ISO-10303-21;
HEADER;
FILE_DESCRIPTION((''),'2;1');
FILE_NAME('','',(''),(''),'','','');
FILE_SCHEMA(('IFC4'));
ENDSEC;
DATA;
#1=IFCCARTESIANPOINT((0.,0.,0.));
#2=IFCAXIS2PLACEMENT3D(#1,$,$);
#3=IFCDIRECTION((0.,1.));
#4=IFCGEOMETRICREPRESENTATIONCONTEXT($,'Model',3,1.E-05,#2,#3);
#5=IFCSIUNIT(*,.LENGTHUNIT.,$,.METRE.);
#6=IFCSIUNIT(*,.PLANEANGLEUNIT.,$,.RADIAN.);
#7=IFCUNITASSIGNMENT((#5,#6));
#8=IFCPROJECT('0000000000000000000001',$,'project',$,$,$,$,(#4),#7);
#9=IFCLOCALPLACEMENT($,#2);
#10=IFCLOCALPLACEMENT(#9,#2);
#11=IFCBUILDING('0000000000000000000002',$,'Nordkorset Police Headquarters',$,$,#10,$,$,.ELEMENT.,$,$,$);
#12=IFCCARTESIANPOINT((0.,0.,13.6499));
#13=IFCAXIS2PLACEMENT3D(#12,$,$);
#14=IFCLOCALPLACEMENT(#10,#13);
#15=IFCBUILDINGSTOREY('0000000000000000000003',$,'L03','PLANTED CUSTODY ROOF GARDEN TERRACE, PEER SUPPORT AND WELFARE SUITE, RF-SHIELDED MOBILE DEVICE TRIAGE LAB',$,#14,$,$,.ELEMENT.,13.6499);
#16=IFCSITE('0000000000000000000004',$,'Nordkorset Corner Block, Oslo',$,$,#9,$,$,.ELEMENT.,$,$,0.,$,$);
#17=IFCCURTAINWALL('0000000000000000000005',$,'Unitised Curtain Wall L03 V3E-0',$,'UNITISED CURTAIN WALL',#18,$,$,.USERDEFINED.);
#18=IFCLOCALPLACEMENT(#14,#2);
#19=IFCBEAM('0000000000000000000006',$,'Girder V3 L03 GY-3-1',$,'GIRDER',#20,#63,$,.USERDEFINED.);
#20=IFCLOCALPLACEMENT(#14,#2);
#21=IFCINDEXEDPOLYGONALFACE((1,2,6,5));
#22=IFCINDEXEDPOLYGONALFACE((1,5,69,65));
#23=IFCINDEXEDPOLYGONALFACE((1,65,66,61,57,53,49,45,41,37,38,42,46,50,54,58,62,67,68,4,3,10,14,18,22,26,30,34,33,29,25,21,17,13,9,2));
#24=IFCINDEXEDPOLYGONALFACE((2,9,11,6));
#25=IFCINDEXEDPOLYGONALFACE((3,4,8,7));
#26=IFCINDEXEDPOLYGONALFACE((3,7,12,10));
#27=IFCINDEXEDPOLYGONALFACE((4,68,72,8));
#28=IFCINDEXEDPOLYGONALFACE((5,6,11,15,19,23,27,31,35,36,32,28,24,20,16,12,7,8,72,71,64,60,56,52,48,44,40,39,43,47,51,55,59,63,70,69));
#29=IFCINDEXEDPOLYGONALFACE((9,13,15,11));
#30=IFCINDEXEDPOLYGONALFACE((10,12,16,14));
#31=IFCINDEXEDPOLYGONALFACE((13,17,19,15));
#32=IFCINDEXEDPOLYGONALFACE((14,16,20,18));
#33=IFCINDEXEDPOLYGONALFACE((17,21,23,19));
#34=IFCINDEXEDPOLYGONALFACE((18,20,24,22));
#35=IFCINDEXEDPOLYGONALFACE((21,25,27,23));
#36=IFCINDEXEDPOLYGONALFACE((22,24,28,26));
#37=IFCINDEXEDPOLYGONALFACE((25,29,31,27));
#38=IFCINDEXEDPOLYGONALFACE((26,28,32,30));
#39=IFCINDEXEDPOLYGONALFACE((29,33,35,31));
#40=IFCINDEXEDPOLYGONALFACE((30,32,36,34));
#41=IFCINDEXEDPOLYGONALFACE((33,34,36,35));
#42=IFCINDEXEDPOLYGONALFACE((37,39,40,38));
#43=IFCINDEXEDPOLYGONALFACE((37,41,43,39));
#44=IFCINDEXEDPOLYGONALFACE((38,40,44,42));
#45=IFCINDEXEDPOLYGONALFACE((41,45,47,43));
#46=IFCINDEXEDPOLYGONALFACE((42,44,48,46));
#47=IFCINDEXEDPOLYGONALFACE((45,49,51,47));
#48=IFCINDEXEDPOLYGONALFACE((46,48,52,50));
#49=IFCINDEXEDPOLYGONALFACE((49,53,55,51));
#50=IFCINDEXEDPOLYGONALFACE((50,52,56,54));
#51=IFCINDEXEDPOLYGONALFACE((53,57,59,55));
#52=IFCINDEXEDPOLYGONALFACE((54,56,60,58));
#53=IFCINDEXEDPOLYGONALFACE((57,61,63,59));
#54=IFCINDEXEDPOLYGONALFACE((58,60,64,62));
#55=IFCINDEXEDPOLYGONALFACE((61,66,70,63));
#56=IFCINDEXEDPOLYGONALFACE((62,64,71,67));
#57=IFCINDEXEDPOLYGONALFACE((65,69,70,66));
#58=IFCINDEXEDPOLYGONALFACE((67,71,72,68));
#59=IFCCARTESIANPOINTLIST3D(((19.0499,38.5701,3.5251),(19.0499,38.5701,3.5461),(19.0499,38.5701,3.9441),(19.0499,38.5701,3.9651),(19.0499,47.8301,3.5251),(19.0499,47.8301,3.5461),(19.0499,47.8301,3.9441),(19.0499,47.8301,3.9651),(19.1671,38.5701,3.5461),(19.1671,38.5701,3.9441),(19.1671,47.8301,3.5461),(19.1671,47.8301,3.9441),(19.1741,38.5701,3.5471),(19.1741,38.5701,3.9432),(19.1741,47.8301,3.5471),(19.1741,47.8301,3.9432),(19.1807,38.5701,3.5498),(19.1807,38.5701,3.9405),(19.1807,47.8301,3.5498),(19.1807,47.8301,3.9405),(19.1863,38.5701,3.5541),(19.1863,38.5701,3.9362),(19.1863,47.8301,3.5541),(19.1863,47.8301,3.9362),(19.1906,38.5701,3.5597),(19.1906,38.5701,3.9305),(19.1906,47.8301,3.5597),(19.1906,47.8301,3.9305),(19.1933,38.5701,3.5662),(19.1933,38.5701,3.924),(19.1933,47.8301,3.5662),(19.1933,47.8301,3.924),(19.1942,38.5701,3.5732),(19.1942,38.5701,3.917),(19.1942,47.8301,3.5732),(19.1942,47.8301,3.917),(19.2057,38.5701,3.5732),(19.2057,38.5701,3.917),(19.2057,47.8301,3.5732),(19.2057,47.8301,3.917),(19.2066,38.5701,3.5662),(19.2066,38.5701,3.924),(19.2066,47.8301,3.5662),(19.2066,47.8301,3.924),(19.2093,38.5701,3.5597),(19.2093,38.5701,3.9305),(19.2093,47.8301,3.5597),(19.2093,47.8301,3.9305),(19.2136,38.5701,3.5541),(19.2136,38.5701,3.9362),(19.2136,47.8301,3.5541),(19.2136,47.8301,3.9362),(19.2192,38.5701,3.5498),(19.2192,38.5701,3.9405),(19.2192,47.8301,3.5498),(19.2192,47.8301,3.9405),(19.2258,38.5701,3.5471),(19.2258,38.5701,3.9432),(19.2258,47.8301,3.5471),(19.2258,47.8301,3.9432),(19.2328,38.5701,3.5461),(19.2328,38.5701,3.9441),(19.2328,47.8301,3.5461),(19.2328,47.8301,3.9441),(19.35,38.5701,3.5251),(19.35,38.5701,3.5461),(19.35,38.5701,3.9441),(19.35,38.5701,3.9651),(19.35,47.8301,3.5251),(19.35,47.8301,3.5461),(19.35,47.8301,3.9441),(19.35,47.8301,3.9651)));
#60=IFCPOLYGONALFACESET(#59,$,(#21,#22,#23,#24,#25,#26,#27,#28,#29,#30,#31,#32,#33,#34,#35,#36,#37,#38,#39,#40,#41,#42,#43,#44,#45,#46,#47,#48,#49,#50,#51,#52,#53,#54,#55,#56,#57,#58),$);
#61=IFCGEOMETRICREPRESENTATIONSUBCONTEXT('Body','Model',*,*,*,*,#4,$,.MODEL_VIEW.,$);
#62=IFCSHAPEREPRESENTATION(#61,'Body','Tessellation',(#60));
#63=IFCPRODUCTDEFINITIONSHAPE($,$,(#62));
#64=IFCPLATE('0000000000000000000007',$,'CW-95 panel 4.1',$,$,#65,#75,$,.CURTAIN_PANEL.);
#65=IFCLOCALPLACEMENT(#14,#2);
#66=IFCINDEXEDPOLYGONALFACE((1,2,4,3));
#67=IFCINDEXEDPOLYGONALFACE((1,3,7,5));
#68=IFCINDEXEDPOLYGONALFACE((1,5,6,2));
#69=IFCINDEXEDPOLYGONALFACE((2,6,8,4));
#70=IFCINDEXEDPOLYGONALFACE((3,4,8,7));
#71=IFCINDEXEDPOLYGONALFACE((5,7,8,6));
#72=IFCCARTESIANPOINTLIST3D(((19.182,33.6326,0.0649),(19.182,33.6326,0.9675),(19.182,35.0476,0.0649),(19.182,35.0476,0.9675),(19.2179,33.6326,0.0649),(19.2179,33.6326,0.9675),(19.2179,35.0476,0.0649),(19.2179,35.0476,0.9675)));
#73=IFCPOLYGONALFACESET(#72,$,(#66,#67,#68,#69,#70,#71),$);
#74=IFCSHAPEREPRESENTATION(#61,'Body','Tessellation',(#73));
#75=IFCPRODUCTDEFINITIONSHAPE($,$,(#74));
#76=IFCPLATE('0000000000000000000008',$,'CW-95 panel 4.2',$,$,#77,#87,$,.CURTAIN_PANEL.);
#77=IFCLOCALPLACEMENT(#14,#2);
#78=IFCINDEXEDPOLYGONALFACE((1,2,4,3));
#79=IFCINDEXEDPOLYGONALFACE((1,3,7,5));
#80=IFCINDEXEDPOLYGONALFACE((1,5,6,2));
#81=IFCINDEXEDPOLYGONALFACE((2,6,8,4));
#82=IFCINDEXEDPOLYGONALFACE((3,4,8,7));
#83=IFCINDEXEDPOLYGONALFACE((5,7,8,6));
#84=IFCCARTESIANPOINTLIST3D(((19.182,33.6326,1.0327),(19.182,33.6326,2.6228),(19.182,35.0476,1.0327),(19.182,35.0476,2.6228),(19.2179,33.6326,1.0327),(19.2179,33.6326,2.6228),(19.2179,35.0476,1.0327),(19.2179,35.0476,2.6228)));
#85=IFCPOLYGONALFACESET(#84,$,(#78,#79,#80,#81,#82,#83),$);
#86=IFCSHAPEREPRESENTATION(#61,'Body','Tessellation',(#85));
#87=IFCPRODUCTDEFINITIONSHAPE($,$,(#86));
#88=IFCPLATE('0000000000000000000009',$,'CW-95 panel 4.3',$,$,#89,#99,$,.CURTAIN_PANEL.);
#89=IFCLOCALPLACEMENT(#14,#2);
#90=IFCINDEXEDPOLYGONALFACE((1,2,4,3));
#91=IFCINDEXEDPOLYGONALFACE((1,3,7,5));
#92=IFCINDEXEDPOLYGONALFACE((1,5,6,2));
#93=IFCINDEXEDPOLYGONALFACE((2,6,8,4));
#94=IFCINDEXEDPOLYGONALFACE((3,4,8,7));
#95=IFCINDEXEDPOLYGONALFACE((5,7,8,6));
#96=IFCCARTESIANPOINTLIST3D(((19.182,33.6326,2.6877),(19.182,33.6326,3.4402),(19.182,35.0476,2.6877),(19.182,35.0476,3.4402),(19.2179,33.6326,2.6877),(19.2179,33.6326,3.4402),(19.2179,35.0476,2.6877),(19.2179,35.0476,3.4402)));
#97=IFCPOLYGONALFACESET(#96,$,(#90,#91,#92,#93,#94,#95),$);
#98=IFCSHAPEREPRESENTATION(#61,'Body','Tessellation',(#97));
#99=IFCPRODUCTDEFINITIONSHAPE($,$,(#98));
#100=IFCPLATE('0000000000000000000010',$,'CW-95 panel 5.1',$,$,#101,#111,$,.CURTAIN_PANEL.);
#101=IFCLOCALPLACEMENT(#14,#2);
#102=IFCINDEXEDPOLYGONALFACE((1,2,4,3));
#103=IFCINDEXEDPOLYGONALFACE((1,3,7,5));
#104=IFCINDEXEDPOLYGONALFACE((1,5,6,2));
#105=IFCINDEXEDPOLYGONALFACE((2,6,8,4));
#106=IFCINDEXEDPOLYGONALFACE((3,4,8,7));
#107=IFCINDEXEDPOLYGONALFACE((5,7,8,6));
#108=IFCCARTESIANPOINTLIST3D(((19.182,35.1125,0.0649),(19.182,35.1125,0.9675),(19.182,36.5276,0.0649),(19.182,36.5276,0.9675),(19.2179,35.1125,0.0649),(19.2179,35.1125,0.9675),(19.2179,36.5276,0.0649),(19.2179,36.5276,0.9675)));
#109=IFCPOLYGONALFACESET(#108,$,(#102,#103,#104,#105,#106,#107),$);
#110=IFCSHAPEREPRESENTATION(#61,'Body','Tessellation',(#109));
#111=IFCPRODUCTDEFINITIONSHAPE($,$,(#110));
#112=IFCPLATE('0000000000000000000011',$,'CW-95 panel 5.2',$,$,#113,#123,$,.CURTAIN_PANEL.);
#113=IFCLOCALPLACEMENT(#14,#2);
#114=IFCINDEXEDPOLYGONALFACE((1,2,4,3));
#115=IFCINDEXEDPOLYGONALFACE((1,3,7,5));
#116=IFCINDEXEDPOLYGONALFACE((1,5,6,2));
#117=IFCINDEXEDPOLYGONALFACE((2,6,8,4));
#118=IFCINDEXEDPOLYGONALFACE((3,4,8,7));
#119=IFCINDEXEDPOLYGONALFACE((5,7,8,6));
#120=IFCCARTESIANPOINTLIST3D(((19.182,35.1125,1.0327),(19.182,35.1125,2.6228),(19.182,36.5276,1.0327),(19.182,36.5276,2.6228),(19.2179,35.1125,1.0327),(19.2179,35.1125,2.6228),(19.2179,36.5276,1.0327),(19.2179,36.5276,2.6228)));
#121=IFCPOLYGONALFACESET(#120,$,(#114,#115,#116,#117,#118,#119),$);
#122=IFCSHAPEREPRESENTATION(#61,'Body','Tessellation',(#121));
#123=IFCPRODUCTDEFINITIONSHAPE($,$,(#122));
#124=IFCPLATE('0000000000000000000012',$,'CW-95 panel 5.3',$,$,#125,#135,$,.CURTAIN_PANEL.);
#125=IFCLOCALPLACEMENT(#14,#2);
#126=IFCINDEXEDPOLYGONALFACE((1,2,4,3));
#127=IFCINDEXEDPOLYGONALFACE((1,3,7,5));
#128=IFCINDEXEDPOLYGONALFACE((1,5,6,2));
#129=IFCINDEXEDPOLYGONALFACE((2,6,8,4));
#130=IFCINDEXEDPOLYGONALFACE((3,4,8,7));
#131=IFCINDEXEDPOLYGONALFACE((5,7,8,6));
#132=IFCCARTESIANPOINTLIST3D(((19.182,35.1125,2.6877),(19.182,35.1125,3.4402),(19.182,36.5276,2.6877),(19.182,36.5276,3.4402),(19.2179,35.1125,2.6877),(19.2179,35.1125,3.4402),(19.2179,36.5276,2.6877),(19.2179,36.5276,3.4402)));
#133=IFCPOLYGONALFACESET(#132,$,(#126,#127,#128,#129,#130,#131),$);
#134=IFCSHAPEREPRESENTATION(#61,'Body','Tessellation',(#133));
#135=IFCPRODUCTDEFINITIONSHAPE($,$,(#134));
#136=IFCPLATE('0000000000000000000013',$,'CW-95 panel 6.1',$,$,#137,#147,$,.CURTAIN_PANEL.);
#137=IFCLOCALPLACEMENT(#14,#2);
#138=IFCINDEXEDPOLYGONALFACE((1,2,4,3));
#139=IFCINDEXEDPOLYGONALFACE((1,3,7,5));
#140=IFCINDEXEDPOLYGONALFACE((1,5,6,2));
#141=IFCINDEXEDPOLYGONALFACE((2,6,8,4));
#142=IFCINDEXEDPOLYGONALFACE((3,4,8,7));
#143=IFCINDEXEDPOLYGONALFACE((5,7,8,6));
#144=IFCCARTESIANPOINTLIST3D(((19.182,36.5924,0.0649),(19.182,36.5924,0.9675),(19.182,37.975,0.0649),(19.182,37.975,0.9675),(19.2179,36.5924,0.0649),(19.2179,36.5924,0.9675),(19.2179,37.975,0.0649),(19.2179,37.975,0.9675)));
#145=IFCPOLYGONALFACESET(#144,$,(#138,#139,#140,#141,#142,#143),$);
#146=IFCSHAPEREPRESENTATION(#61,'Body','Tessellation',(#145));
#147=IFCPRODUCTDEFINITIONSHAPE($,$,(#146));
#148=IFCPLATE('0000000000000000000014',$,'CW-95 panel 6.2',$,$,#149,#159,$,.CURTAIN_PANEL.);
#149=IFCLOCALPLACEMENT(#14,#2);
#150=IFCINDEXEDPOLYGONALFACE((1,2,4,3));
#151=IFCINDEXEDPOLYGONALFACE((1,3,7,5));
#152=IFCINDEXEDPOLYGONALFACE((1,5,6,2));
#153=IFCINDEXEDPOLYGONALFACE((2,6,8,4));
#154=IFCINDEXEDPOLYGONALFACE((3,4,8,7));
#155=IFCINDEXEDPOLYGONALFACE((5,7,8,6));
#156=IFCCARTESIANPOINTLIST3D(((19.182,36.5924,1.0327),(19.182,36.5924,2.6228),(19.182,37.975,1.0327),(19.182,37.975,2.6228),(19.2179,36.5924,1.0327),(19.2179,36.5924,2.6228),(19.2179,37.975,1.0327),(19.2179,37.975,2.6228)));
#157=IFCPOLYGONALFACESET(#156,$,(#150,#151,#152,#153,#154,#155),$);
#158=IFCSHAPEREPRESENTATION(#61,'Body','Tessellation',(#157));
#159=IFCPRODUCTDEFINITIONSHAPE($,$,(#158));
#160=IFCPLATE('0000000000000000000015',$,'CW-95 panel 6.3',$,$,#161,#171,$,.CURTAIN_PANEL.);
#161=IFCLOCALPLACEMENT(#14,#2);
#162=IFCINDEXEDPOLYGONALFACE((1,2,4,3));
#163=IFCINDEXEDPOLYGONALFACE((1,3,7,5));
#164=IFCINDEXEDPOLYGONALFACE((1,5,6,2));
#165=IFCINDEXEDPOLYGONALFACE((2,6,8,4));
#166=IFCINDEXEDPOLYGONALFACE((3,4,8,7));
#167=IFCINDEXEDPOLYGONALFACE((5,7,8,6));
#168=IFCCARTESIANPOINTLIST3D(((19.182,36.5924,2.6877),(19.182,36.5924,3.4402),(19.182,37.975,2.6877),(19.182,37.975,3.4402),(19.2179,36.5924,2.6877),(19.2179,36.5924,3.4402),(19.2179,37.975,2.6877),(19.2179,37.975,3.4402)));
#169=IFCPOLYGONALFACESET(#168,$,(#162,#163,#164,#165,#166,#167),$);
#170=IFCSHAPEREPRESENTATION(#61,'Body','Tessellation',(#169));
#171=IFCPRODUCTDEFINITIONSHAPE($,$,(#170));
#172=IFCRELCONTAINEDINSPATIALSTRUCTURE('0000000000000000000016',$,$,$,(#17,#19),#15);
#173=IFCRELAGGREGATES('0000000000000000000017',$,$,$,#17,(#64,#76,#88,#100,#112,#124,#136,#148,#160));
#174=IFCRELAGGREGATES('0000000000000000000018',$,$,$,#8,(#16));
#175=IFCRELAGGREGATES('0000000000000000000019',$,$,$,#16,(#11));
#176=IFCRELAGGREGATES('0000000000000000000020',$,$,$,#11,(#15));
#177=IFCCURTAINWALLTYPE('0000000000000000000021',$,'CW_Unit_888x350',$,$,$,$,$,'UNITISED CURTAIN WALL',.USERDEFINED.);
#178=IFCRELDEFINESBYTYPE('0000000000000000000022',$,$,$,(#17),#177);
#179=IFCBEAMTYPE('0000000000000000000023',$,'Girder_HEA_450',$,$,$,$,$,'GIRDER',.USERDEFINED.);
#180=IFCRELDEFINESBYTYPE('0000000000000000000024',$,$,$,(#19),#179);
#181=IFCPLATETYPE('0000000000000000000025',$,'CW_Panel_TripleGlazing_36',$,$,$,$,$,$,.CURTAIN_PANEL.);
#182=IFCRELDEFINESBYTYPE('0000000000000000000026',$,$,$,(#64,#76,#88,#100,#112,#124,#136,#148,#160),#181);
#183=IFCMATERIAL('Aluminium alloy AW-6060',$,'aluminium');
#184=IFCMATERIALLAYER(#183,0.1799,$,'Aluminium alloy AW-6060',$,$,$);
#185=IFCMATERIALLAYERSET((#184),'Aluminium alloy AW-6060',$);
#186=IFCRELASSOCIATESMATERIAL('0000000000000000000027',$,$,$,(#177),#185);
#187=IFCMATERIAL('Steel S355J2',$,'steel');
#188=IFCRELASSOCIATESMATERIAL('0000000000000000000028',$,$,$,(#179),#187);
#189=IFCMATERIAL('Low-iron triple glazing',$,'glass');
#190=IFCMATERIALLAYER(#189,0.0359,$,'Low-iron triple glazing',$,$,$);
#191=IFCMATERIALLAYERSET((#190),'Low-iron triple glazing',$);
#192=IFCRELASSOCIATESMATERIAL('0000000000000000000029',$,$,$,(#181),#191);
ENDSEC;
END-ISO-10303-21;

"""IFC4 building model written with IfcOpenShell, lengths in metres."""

from ifc_helpers import new_model, si_unit, direction, frame, origin, origin_2d, place, context, subcontext, project, spatial, rectangle, i_section, extrude, material, layer, layer_set, material_profile, profile_set, type_object, element, aggregate, save


model = new_model("IFC4")

# Units and contexts
model_context = context("Model", 3, precision=1e-05, world=origin(), true_north=direction((0.0, 1.0)))
body_context = subcontext(model_context, "Body", "Model", "MODEL_VIEW")
ifc_project = project(units=[si_unit("LENGTHUNIT", "METRE"), si_unit("PLANEANGLEUNIT", "RADIAN")], contexts=[model_context])

# Site, building, storey
site_placement = place(None, origin())
site = spatial("IfcSite", under=ifc_project, at=site_placement, Name="Nordkorset Corner Block, Oslo", CompositionType="ELEMENT", RefElevation=0.0)
building_placement = place(site_placement, origin())
building = spatial("IfcBuilding", under=site, at=building_placement, Name="Nordkorset Police Headquarters", CompositionType="ELEMENT")
storey_placement = place(building_placement, frame((0.0, 0.0, 13.6499)))
storey = spatial("IfcBuildingStorey", under=building, at=storey_placement, Name="L03", Description="PLANTED CUSTODY ROOF GARDEN TERRACE, PEER SUPPORT AND WELFARE SUITE, RF-SHIELDED MOBILE DEVICE TRIAGE LAB", CompositionType="ELEMENT", Elevation=13.6499)

# Curtain wall
ifc_material_1 = material(Name="Aluminium alloy AW-6060", Category="aluminium")
ifc_layer_1 = layer(ifc_material_1, 0.1799, Name="Aluminium alloy AW-6060")
ifc_layer_set_1 = layer_set([ifc_layer_1], Name="Aluminium alloy AW-6060")
curtain_wall_type = type_object("IfcCurtainWallType", Name="CW_Unit_888x350", ElementType="UNITISED CURTAIN WALL", PredefinedType="USERDEFINED", material=ifc_layer_set_1)
curtain_wall_placement = place(storey_placement, origin())
curtain_wall = element("IfcCurtainWall", 1, at=curtain_wall_placement, inside=storey, type_object=curtain_wall_type, Name="Unitised Curtain Wall L03 V3E-0", ObjectType="UNITISED CURTAIN WALL", PredefinedType="USERDEFINED")

# Beam
ifc_material_2 = material(Name="Steel S355J2", Category="steel")
ifc_material_profile_1 = material_profile(ifc_material_2, i_section(OverallWidth=0.3, OverallDepth=0.4399, WebThickness=0.0115, FlangeThickness=0.021, FilletRadius=0.0271, at=origin_2d()), Name="HEA 450")
ifc_profile_set_1 = profile_set([ifc_material_profile_1], Name="Steel S355J2")
beam_type = type_object("IfcBeamType", Name="Girder_HEA_450", ElementType="GIRDER", PredefinedType="USERDEFINED", material=ifc_profile_set_1)
beam_placement = place(storey_placement, frame((19.2, 38.5701, 3.7451), z_axis=(0.0, 1.0, 0.0), x_axis=(-1.0, 0.0, 0.0)))
element("IfcBeam", 2, at=beam_placement, inside=storey, type_object=beam_type, Name="Girder V3 L03 GY-3-1", ObjectType="GIRDER", PredefinedType="USERDEFINED", context=body_context, shape_type="SweptSolid", body=[
    extrude(i_section(OverallWidth=0.3, OverallDepth=0.4399, WebThickness=0.0115, FlangeThickness=0.021, FilletRadius=0.0271, at=origin_2d()), origin(), (0.0, 0.0, 1.0), 9.26),
])

# Plates
ifc_material_3 = material(Name="Low-iron triple glazing", Category="glass")
ifc_layer_2 = layer(ifc_material_3, 0.0359, Name="Low-iron triple glazing")
ifc_layer_set_2 = layer_set([ifc_layer_2], Name="Low-iron triple glazing")
plate_type = type_object("IfcPlateType", Name="CW_Panel_TripleGlazing_36", PredefinedType="CURTAIN_PANEL", material=ifc_layer_set_2)
plate_1_placement = place(storey_placement, frame((19.2, 34.3401, 0.0649), z_axis=(0.0, 0.0, 1.0), x_axis=(0.0, 1.0, 0.0)))
plate_1 = element("IfcPlate", 3, at=plate_1_placement, type_object=plate_type, Name="CW-95 panel 4.1", PredefinedType="CURTAIN_PANEL", context=body_context, shape_type="SweptSolid", body=[
    extrude(rectangle(XDim=1.415, YDim=0.0359, at=origin_2d()), origin(), (0.0, 0.0, 1.0), 0.9026),
])
plate_2_placement = place(storey_placement, frame((19.2, 34.3401, 1.0327), z_axis=(0.0, 0.0, 1.0), x_axis=(0.0, 1.0, 0.0)))
plate_2 = element("IfcPlate", 4, at=plate_2_placement, type_object=plate_type, Name="CW-95 panel 4.2", PredefinedType="CURTAIN_PANEL", context=body_context, shape_type="SweptSolid", body=[
    extrude(rectangle(XDim=1.415, YDim=0.0359, at=origin_2d()), origin(), (0.0, 0.0, 1.0), 1.5901),
])
plate_3_placement = place(storey_placement, frame((19.2, 34.3401, 2.6877), z_axis=(0.0, 0.0, 1.0), x_axis=(0.0, 1.0, 0.0)))
plate_3 = element("IfcPlate", 5, at=plate_3_placement, type_object=plate_type, Name="CW-95 panel 4.3", PredefinedType="CURTAIN_PANEL", context=body_context, shape_type="SweptSolid", body=[
    extrude(rectangle(XDim=1.415, YDim=0.0359, at=origin_2d()), origin(), (0.0, 0.0, 1.0), 0.7524),
])
plate_4_placement = place(storey_placement, frame((19.2, 35.8201, 0.0649), z_axis=(0.0, 0.0, 1.0), x_axis=(0.0, 1.0, 0.0)))
plate_4 = element("IfcPlate", 6, at=plate_4_placement, type_object=plate_type, Name="CW-95 panel 5.1", PredefinedType="CURTAIN_PANEL", context=body_context, shape_type="SweptSolid", body=[
    extrude(rectangle(XDim=1.415, YDim=0.0359, at=origin_2d()), origin(), (0.0, 0.0, 1.0), 0.9026),
])
plate_5_placement = place(storey_placement, frame((19.2, 35.8201, 1.0327), z_axis=(0.0, 0.0, 1.0), x_axis=(0.0, 1.0, 0.0)))
plate_5 = element("IfcPlate", 7, at=plate_5_placement, type_object=plate_type, Name="CW-95 panel 5.2", PredefinedType="CURTAIN_PANEL", context=body_context, shape_type="SweptSolid", body=[
    extrude(rectangle(XDim=1.415, YDim=0.0359, at=origin_2d()), origin(), (0.0, 0.0, 1.0), 1.5901),
])
plate_6_placement = place(storey_placement, frame((19.2, 35.8201, 2.6877), z_axis=(0.0, 0.0, 1.0), x_axis=(0.0, 1.0, 0.0)))
plate_6 = element("IfcPlate", 8, at=plate_6_placement, type_object=plate_type, Name="CW-95 panel 5.3", PredefinedType="CURTAIN_PANEL", context=body_context, shape_type="SweptSolid", body=[
    extrude(rectangle(XDim=1.415, YDim=0.0359, at=origin_2d()), origin(), (0.0, 0.0, 1.0), 0.7524),
])
plate_7_placement = place(storey_placement, frame((19.2, 37.2837, 0.0649), z_axis=(0.0, 0.0, 1.0), x_axis=(0.0, 1.0, 0.0)))
plate_7 = element("IfcPlate", 9, at=plate_7_placement, type_object=plate_type, Name="CW-95 panel 6.1", PredefinedType="CURTAIN_PANEL", context=body_context, shape_type="SweptSolid", body=[
    extrude(rectangle(XDim=1.3826, YDim=0.0359, at=origin_2d()), origin(), (0.0, 0.0, 1.0), 0.9026),
])
plate_8_placement = place(storey_placement, frame((19.2, 37.2837, 1.0327), z_axis=(0.0, 0.0, 1.0), x_axis=(0.0, 1.0, 0.0)))
plate_8 = element("IfcPlate", 10, at=plate_8_placement, type_object=plate_type, Name="CW-95 panel 6.2", PredefinedType="CURTAIN_PANEL", context=body_context, shape_type="SweptSolid", body=[
    extrude(rectangle(XDim=1.3826, YDim=0.0359, at=origin_2d()), origin(), (0.0, 0.0, 1.0), 1.5901),
])
plate_9_placement = place(storey_placement, frame((19.2, 37.2837, 2.6877), z_axis=(0.0, 0.0, 1.0), x_axis=(0.0, 1.0, 0.0)))
plate_9 = element("IfcPlate", 11, at=plate_9_placement, type_object=plate_type, Name="CW-95 panel 6.3", PredefinedType="CURTAIN_PANEL", context=body_context, shape_type="SweptSolid", body=[
    extrude(rectangle(XDim=1.3826, YDim=0.0359, at=origin_2d()), origin(), (0.0, 0.0, 1.0), 0.7524),
])
aggregate(curtain_wall, [plate_1, plate_2, plate_3, plate_4, plate_5, plate_6, plate_7, plate_8, plate_9])

save(model, "model.ifc")
